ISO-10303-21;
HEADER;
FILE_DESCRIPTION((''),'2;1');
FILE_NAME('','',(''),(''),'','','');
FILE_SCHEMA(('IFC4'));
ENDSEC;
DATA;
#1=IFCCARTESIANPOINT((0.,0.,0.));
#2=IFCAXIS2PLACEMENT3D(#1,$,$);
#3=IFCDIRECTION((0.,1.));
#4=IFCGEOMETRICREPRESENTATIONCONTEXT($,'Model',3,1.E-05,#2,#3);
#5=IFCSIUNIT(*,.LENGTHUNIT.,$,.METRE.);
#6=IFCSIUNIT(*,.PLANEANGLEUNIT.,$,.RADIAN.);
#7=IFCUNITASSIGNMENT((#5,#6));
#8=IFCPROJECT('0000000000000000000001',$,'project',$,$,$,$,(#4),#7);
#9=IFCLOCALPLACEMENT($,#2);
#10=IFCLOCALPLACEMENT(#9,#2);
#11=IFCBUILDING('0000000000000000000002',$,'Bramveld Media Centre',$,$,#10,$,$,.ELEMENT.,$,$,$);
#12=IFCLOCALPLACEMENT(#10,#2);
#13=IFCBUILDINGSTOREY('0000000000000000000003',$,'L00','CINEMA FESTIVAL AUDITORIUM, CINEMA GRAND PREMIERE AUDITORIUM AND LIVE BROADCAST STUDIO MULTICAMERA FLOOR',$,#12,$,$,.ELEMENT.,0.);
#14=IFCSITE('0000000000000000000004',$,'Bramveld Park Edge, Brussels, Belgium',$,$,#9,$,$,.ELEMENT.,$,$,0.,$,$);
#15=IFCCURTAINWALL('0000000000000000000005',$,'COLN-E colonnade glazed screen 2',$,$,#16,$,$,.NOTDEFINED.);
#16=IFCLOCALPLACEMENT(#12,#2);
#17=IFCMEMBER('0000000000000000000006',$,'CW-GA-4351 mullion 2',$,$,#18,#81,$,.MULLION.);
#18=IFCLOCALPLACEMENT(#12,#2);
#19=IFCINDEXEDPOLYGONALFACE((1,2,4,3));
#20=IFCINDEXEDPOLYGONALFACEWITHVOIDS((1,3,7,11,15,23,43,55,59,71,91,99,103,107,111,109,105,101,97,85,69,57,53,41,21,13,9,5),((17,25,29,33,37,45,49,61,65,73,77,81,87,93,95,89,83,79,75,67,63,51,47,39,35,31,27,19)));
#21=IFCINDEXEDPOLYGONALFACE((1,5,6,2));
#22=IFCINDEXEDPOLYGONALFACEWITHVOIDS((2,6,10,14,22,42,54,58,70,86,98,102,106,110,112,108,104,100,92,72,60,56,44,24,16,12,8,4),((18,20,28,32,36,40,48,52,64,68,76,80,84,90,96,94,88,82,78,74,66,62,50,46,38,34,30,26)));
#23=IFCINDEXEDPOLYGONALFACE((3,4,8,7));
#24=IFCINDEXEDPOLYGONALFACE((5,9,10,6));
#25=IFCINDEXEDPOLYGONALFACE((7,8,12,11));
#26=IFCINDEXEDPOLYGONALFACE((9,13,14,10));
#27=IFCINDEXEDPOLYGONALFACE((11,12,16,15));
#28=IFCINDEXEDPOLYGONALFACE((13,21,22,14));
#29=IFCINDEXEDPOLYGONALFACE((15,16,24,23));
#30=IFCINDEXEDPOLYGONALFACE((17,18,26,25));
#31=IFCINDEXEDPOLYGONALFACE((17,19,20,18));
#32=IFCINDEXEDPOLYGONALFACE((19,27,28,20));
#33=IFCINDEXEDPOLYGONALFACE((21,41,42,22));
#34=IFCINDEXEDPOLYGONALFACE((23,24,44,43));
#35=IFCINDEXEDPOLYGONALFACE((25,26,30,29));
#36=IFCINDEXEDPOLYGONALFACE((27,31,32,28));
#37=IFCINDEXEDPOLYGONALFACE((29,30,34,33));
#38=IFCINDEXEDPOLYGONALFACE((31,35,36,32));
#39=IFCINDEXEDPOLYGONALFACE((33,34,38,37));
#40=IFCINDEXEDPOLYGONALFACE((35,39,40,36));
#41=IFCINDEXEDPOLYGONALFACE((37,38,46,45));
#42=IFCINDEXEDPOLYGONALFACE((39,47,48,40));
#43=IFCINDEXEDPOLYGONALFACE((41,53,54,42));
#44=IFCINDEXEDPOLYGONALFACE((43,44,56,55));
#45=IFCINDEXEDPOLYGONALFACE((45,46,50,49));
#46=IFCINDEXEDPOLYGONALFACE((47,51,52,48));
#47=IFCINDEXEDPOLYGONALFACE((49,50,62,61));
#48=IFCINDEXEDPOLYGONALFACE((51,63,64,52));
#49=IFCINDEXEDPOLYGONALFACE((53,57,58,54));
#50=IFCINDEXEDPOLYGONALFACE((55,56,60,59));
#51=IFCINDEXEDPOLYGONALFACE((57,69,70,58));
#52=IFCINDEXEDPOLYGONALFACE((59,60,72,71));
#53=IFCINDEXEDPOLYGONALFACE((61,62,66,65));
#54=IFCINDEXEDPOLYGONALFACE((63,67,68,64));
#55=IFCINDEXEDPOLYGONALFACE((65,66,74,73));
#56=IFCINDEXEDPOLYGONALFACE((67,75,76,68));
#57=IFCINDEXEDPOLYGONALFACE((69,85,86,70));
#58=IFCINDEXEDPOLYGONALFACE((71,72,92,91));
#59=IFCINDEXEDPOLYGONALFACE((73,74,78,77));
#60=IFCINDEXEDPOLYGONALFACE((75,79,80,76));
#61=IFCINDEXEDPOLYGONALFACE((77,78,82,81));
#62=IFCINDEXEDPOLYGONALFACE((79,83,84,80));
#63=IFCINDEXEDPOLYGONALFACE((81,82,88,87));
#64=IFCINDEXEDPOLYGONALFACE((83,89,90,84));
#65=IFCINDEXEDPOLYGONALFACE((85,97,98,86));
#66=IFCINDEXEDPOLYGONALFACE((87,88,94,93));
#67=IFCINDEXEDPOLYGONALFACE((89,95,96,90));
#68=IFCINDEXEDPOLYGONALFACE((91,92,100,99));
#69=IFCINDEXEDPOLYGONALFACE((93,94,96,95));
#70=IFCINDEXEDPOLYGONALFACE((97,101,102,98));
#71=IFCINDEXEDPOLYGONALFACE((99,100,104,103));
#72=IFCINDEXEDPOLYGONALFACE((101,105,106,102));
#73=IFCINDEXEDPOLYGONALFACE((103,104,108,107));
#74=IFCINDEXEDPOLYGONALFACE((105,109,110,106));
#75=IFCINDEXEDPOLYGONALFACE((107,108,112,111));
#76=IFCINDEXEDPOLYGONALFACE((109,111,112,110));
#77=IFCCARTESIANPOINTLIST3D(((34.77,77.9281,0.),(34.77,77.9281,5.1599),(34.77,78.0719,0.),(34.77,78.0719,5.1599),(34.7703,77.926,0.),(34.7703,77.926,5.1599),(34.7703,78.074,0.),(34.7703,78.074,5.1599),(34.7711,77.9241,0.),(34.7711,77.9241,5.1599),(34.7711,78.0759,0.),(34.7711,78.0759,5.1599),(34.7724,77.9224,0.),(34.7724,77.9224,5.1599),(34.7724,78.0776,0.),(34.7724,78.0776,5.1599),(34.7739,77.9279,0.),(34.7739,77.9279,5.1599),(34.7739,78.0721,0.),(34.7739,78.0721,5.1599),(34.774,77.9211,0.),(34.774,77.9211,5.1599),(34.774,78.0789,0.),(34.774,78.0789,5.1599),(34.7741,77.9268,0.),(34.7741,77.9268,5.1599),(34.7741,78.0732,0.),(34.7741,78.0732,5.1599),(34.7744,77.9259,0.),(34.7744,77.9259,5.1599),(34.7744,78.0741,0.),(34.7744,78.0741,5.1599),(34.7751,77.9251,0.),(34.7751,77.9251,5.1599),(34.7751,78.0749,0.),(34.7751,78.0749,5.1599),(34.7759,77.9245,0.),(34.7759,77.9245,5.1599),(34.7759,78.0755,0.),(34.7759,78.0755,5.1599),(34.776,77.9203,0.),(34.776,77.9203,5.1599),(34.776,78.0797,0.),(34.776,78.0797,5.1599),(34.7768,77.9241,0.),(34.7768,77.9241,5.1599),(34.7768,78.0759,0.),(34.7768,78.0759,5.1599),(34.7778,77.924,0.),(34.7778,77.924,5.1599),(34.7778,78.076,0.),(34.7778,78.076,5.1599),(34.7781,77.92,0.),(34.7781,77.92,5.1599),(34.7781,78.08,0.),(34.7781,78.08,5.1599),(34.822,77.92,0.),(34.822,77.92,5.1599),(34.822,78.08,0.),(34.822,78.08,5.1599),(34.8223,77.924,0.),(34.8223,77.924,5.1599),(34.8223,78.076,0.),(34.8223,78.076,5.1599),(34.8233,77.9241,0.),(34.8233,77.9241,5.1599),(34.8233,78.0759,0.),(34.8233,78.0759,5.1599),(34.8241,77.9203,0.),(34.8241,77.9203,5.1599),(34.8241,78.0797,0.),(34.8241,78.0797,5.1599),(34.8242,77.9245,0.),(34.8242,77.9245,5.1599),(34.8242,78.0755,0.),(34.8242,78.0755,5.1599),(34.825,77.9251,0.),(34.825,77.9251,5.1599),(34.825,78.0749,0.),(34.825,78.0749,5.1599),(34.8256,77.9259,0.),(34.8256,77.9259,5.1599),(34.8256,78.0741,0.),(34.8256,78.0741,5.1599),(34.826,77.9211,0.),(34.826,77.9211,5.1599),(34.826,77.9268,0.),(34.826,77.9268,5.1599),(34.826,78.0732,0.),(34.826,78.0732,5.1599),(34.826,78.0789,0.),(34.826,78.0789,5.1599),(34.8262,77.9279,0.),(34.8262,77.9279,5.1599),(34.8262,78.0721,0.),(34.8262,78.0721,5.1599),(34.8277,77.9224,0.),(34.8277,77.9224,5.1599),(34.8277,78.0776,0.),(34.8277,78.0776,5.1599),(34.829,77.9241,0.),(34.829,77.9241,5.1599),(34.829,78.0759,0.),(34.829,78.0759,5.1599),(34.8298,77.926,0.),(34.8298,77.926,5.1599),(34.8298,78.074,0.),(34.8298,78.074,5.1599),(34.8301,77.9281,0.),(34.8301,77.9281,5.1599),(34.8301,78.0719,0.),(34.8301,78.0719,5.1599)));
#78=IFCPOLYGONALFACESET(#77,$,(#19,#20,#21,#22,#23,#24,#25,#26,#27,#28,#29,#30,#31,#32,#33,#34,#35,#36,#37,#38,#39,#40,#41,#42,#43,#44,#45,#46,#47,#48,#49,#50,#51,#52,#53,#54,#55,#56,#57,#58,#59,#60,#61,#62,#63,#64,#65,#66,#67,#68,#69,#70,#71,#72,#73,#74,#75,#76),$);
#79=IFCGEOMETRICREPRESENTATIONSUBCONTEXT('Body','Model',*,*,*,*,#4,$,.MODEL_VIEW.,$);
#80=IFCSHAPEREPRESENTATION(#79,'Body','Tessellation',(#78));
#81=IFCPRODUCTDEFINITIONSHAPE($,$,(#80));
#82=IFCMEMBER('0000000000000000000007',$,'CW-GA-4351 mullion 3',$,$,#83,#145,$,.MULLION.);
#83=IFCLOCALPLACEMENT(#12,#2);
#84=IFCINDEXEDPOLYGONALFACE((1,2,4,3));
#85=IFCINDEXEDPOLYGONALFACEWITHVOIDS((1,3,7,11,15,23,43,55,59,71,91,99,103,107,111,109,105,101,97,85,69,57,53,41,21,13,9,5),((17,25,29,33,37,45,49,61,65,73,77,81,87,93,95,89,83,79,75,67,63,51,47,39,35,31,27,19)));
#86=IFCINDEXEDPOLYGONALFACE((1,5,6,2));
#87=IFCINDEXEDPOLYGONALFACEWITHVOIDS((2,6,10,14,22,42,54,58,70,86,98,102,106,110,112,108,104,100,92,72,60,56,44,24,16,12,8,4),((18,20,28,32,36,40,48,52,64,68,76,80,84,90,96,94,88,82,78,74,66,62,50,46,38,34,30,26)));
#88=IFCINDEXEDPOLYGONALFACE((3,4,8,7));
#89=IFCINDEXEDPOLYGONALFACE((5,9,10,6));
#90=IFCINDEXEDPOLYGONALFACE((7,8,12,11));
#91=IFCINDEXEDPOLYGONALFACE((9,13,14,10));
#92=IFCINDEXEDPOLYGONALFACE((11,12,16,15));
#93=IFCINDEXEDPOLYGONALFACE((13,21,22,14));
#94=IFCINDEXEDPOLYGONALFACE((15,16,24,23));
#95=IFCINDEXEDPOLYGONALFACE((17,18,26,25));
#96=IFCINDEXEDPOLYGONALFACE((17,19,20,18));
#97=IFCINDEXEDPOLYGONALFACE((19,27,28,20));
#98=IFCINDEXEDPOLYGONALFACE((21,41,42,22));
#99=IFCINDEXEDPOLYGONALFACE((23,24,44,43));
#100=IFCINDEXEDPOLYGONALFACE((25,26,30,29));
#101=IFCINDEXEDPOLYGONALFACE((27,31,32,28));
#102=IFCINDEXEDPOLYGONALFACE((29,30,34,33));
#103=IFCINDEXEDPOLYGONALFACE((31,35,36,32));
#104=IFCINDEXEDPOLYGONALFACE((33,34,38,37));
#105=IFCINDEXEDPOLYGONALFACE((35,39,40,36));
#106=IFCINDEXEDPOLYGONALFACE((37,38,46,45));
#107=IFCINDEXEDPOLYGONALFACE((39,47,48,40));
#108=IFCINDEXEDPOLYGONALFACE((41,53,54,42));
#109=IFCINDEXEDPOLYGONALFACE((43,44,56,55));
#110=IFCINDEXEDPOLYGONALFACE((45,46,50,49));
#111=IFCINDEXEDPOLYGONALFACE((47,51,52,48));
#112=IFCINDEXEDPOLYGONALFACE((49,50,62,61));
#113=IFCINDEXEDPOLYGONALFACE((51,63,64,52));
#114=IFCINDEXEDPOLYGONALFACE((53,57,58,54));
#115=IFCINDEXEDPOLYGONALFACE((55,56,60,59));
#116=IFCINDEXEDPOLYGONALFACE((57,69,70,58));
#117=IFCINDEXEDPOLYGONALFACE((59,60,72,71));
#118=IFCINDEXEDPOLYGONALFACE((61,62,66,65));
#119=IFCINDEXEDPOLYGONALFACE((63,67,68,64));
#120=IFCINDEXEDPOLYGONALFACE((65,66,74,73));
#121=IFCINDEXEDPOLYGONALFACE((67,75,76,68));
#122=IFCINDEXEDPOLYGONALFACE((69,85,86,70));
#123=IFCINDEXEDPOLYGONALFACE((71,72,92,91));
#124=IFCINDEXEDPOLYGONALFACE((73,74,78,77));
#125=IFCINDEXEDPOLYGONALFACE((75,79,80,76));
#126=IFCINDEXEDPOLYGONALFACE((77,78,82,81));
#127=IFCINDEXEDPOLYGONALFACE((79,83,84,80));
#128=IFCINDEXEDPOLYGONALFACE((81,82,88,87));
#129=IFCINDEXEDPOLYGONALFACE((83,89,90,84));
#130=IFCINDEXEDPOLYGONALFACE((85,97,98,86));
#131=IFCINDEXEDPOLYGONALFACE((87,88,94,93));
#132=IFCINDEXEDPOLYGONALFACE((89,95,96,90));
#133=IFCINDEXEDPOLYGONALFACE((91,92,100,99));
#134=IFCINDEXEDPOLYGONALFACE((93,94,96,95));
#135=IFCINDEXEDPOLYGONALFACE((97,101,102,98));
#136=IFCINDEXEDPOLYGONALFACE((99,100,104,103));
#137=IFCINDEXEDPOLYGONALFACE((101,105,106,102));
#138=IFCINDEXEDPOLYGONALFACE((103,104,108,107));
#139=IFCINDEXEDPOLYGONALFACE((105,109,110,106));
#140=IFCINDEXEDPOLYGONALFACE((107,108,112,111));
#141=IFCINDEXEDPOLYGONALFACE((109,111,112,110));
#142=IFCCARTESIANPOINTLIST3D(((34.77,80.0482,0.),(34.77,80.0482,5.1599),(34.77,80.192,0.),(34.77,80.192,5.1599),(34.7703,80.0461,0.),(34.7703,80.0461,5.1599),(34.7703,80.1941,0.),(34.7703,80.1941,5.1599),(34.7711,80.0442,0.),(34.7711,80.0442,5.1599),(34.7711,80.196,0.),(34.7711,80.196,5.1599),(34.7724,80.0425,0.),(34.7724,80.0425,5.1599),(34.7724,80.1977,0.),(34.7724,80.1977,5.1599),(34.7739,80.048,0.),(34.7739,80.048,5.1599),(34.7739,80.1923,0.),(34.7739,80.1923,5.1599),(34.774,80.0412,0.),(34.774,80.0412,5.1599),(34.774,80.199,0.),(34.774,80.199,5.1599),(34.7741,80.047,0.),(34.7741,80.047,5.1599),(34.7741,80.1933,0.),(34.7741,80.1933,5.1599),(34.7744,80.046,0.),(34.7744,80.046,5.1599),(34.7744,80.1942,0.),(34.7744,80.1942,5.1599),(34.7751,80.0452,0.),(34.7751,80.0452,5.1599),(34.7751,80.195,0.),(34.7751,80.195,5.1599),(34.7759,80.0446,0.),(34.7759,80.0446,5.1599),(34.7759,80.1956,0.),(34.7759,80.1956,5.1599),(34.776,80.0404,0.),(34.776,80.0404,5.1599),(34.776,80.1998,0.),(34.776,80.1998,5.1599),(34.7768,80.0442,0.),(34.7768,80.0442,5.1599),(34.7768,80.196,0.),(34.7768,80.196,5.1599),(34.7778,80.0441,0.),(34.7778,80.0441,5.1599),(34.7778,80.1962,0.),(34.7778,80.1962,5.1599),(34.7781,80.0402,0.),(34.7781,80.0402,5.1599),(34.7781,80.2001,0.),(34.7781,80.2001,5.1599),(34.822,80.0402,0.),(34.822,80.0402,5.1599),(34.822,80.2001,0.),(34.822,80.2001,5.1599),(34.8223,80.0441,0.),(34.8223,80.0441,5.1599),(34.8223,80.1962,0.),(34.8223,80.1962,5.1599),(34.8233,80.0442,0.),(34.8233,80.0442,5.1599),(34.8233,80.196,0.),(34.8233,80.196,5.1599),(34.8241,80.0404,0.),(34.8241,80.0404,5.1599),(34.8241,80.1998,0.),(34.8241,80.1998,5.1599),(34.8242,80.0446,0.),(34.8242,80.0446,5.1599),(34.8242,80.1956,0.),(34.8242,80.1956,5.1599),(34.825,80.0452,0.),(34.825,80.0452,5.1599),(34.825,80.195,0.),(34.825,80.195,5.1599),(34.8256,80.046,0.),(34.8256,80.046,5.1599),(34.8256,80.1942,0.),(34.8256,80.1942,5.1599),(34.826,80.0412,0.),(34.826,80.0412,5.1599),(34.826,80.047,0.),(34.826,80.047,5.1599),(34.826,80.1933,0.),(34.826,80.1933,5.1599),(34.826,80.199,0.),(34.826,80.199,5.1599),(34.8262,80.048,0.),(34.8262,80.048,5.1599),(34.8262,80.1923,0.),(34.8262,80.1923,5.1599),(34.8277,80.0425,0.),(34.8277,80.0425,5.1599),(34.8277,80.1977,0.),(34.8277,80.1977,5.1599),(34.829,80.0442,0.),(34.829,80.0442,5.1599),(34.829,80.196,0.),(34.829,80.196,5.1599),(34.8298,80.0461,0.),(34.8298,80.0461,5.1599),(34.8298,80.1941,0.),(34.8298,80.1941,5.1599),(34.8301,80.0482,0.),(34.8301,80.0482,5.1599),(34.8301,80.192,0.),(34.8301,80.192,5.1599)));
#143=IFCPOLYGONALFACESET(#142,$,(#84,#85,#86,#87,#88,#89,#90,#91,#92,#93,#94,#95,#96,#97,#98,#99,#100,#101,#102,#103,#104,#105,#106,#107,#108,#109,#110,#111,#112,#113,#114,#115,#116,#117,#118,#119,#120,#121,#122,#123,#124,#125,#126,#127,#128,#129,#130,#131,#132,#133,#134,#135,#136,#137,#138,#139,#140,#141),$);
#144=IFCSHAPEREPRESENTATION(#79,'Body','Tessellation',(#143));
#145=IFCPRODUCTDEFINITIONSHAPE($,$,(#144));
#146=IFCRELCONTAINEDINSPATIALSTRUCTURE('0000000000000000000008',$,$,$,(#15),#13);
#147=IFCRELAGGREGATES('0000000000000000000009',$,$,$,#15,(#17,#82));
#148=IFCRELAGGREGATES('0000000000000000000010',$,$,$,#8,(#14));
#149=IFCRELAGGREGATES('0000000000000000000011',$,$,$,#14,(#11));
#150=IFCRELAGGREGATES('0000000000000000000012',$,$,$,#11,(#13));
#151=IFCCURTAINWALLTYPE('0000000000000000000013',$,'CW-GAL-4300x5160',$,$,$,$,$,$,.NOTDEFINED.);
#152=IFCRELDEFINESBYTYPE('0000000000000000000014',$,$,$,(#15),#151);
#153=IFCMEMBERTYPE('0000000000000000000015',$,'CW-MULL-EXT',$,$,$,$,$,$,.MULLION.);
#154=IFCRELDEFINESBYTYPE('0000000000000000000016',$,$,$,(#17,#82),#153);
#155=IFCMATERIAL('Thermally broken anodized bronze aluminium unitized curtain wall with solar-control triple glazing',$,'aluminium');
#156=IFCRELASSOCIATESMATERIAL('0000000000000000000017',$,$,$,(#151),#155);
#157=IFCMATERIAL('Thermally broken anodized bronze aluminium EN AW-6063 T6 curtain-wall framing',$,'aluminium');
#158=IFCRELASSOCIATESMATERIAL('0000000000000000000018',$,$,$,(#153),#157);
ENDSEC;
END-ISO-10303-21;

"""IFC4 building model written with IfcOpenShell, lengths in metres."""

from ifc_helpers import new_model, si_unit, direction, frame, origin, origin_2d, place, context, subcontext, project, spatial, hollow_rectangle, extrude, material, material_profile, profile_set, type_object, element, aggregate, save


model = new_model("IFC4")

# Units and contexts
model_context = context("Model", 3, precision=1e-05, world=origin(), true_north=direction((0.0, 1.0)))
body_context = subcontext(model_context, "Body", "Model", "MODEL_VIEW")
ifc_project = project(units=[si_unit("LENGTHUNIT", "METRE"), si_unit("PLANEANGLEUNIT", "RADIAN")], contexts=[model_context])

# Site, building, storey
site_placement = place(None, origin())
site = spatial("IfcSite", under=ifc_project, at=site_placement, Name="Bramveld Park Edge, Brussels, Belgium", CompositionType="ELEMENT", RefElevation=0.0)
building_placement = place(site_placement, origin())
building = spatial("IfcBuilding", under=site, at=building_placement, Name="Bramveld Media Centre", CompositionType="ELEMENT")
storey_placement = place(building_placement, origin())
storey = spatial("IfcBuildingStorey", under=building, at=storey_placement, Name="L00", Description="CINEMA FESTIVAL AUDITORIUM, CINEMA GRAND PREMIERE AUDITORIUM AND LIVE BROADCAST STUDIO MULTICAMERA FLOOR", CompositionType="ELEMENT", Elevation=0.0)

# Curtain wall, members
ifc_material_1 = material(Name="Thermally broken anodized bronze aluminium unitized curtain wall with solar-control triple glazing", Category="aluminium")
curtain_wall_type_1 = type_object("IfcCurtainWallType", Name="CW-GAL-4300x5160", PredefinedType="NOTDEFINED", material=ifc_material_1)
curtain_wall_1_placement = place(storey_placement, origin())
curtain_wall_1 = element("IfcCurtainWall", 1, at=curtain_wall_1_placement, inside=storey, type_object=curtain_wall_type_1, Name="COLN-E colonnade glazed screen 2", PredefinedType="NOTDEFINED")
ifc_material_2 = material(Name="Thermally broken anodized bronze aluminium EN AW-6063 T6 curtain-wall framing", Category="aluminium")
ifc_material_profile_1 = material_profile(ifc_material_2, hollow_rectangle(XDim=0.0601, YDim=0.1599, WallThickness=0.0039, InnerFilletRadius=0.0039, OuterFilletRadius=0.0081, at=origin_2d()), Name="AL-MULL 60x160")
ifc_profile_set_1 = profile_set([ifc_material_profile_1], Name="Thermally broken anodized bronze aluminium EN AW-6063 T6 curtain-wall framing")
member_type_1 = type_object("IfcMemberType", Name="CW-MULL-EXT", PredefinedType="MULLION", material=ifc_profile_set_1)
member_1_placement = place(storey_placement, frame((34.8, 78.0, 0.0), z_axis=(0.0, 0.0, 1.0), x_axis=(-1.0, 0.0, 0.0)))
member_1 = element("IfcMember", 2, at=member_1_placement, type_object=member_type_1, Name="CW-GA-4351 mullion 2", PredefinedType="MULLION", context=body_context, shape_type="SweptSolid", body=[
    extrude(hollow_rectangle(XDim=0.0601, YDim=0.1599, WallThickness=0.0039, InnerFilletRadius=0.0039, OuterFilletRadius=0.0081, at=origin_2d()), origin(), (0.0, 0.0, 1.0), 5.1599),
])
member_2_placement = place(storey_placement, frame((34.8, 80.1201, 0.0), z_axis=(0.0, 0.0, 1.0), x_axis=(-1.0, 0.0, 0.0)))
member_2 = element("IfcMember", 3, at=member_2_placement, type_object=member_type_1, Name="CW-GA-4351 mullion 3", PredefinedType="MULLION", context=body_context, shape_type="SweptSolid", body=[
    extrude(hollow_rectangle(XDim=0.0601, YDim=0.1599, WallThickness=0.0039, InnerFilletRadius=0.0039, OuterFilletRadius=0.0081, at=origin_2d()), origin(), (0.0, 0.0, 1.0), 5.1599),
])

aggregate(curtain_wall_1, [member_1, member_2])

save(model, "model.ifc")
